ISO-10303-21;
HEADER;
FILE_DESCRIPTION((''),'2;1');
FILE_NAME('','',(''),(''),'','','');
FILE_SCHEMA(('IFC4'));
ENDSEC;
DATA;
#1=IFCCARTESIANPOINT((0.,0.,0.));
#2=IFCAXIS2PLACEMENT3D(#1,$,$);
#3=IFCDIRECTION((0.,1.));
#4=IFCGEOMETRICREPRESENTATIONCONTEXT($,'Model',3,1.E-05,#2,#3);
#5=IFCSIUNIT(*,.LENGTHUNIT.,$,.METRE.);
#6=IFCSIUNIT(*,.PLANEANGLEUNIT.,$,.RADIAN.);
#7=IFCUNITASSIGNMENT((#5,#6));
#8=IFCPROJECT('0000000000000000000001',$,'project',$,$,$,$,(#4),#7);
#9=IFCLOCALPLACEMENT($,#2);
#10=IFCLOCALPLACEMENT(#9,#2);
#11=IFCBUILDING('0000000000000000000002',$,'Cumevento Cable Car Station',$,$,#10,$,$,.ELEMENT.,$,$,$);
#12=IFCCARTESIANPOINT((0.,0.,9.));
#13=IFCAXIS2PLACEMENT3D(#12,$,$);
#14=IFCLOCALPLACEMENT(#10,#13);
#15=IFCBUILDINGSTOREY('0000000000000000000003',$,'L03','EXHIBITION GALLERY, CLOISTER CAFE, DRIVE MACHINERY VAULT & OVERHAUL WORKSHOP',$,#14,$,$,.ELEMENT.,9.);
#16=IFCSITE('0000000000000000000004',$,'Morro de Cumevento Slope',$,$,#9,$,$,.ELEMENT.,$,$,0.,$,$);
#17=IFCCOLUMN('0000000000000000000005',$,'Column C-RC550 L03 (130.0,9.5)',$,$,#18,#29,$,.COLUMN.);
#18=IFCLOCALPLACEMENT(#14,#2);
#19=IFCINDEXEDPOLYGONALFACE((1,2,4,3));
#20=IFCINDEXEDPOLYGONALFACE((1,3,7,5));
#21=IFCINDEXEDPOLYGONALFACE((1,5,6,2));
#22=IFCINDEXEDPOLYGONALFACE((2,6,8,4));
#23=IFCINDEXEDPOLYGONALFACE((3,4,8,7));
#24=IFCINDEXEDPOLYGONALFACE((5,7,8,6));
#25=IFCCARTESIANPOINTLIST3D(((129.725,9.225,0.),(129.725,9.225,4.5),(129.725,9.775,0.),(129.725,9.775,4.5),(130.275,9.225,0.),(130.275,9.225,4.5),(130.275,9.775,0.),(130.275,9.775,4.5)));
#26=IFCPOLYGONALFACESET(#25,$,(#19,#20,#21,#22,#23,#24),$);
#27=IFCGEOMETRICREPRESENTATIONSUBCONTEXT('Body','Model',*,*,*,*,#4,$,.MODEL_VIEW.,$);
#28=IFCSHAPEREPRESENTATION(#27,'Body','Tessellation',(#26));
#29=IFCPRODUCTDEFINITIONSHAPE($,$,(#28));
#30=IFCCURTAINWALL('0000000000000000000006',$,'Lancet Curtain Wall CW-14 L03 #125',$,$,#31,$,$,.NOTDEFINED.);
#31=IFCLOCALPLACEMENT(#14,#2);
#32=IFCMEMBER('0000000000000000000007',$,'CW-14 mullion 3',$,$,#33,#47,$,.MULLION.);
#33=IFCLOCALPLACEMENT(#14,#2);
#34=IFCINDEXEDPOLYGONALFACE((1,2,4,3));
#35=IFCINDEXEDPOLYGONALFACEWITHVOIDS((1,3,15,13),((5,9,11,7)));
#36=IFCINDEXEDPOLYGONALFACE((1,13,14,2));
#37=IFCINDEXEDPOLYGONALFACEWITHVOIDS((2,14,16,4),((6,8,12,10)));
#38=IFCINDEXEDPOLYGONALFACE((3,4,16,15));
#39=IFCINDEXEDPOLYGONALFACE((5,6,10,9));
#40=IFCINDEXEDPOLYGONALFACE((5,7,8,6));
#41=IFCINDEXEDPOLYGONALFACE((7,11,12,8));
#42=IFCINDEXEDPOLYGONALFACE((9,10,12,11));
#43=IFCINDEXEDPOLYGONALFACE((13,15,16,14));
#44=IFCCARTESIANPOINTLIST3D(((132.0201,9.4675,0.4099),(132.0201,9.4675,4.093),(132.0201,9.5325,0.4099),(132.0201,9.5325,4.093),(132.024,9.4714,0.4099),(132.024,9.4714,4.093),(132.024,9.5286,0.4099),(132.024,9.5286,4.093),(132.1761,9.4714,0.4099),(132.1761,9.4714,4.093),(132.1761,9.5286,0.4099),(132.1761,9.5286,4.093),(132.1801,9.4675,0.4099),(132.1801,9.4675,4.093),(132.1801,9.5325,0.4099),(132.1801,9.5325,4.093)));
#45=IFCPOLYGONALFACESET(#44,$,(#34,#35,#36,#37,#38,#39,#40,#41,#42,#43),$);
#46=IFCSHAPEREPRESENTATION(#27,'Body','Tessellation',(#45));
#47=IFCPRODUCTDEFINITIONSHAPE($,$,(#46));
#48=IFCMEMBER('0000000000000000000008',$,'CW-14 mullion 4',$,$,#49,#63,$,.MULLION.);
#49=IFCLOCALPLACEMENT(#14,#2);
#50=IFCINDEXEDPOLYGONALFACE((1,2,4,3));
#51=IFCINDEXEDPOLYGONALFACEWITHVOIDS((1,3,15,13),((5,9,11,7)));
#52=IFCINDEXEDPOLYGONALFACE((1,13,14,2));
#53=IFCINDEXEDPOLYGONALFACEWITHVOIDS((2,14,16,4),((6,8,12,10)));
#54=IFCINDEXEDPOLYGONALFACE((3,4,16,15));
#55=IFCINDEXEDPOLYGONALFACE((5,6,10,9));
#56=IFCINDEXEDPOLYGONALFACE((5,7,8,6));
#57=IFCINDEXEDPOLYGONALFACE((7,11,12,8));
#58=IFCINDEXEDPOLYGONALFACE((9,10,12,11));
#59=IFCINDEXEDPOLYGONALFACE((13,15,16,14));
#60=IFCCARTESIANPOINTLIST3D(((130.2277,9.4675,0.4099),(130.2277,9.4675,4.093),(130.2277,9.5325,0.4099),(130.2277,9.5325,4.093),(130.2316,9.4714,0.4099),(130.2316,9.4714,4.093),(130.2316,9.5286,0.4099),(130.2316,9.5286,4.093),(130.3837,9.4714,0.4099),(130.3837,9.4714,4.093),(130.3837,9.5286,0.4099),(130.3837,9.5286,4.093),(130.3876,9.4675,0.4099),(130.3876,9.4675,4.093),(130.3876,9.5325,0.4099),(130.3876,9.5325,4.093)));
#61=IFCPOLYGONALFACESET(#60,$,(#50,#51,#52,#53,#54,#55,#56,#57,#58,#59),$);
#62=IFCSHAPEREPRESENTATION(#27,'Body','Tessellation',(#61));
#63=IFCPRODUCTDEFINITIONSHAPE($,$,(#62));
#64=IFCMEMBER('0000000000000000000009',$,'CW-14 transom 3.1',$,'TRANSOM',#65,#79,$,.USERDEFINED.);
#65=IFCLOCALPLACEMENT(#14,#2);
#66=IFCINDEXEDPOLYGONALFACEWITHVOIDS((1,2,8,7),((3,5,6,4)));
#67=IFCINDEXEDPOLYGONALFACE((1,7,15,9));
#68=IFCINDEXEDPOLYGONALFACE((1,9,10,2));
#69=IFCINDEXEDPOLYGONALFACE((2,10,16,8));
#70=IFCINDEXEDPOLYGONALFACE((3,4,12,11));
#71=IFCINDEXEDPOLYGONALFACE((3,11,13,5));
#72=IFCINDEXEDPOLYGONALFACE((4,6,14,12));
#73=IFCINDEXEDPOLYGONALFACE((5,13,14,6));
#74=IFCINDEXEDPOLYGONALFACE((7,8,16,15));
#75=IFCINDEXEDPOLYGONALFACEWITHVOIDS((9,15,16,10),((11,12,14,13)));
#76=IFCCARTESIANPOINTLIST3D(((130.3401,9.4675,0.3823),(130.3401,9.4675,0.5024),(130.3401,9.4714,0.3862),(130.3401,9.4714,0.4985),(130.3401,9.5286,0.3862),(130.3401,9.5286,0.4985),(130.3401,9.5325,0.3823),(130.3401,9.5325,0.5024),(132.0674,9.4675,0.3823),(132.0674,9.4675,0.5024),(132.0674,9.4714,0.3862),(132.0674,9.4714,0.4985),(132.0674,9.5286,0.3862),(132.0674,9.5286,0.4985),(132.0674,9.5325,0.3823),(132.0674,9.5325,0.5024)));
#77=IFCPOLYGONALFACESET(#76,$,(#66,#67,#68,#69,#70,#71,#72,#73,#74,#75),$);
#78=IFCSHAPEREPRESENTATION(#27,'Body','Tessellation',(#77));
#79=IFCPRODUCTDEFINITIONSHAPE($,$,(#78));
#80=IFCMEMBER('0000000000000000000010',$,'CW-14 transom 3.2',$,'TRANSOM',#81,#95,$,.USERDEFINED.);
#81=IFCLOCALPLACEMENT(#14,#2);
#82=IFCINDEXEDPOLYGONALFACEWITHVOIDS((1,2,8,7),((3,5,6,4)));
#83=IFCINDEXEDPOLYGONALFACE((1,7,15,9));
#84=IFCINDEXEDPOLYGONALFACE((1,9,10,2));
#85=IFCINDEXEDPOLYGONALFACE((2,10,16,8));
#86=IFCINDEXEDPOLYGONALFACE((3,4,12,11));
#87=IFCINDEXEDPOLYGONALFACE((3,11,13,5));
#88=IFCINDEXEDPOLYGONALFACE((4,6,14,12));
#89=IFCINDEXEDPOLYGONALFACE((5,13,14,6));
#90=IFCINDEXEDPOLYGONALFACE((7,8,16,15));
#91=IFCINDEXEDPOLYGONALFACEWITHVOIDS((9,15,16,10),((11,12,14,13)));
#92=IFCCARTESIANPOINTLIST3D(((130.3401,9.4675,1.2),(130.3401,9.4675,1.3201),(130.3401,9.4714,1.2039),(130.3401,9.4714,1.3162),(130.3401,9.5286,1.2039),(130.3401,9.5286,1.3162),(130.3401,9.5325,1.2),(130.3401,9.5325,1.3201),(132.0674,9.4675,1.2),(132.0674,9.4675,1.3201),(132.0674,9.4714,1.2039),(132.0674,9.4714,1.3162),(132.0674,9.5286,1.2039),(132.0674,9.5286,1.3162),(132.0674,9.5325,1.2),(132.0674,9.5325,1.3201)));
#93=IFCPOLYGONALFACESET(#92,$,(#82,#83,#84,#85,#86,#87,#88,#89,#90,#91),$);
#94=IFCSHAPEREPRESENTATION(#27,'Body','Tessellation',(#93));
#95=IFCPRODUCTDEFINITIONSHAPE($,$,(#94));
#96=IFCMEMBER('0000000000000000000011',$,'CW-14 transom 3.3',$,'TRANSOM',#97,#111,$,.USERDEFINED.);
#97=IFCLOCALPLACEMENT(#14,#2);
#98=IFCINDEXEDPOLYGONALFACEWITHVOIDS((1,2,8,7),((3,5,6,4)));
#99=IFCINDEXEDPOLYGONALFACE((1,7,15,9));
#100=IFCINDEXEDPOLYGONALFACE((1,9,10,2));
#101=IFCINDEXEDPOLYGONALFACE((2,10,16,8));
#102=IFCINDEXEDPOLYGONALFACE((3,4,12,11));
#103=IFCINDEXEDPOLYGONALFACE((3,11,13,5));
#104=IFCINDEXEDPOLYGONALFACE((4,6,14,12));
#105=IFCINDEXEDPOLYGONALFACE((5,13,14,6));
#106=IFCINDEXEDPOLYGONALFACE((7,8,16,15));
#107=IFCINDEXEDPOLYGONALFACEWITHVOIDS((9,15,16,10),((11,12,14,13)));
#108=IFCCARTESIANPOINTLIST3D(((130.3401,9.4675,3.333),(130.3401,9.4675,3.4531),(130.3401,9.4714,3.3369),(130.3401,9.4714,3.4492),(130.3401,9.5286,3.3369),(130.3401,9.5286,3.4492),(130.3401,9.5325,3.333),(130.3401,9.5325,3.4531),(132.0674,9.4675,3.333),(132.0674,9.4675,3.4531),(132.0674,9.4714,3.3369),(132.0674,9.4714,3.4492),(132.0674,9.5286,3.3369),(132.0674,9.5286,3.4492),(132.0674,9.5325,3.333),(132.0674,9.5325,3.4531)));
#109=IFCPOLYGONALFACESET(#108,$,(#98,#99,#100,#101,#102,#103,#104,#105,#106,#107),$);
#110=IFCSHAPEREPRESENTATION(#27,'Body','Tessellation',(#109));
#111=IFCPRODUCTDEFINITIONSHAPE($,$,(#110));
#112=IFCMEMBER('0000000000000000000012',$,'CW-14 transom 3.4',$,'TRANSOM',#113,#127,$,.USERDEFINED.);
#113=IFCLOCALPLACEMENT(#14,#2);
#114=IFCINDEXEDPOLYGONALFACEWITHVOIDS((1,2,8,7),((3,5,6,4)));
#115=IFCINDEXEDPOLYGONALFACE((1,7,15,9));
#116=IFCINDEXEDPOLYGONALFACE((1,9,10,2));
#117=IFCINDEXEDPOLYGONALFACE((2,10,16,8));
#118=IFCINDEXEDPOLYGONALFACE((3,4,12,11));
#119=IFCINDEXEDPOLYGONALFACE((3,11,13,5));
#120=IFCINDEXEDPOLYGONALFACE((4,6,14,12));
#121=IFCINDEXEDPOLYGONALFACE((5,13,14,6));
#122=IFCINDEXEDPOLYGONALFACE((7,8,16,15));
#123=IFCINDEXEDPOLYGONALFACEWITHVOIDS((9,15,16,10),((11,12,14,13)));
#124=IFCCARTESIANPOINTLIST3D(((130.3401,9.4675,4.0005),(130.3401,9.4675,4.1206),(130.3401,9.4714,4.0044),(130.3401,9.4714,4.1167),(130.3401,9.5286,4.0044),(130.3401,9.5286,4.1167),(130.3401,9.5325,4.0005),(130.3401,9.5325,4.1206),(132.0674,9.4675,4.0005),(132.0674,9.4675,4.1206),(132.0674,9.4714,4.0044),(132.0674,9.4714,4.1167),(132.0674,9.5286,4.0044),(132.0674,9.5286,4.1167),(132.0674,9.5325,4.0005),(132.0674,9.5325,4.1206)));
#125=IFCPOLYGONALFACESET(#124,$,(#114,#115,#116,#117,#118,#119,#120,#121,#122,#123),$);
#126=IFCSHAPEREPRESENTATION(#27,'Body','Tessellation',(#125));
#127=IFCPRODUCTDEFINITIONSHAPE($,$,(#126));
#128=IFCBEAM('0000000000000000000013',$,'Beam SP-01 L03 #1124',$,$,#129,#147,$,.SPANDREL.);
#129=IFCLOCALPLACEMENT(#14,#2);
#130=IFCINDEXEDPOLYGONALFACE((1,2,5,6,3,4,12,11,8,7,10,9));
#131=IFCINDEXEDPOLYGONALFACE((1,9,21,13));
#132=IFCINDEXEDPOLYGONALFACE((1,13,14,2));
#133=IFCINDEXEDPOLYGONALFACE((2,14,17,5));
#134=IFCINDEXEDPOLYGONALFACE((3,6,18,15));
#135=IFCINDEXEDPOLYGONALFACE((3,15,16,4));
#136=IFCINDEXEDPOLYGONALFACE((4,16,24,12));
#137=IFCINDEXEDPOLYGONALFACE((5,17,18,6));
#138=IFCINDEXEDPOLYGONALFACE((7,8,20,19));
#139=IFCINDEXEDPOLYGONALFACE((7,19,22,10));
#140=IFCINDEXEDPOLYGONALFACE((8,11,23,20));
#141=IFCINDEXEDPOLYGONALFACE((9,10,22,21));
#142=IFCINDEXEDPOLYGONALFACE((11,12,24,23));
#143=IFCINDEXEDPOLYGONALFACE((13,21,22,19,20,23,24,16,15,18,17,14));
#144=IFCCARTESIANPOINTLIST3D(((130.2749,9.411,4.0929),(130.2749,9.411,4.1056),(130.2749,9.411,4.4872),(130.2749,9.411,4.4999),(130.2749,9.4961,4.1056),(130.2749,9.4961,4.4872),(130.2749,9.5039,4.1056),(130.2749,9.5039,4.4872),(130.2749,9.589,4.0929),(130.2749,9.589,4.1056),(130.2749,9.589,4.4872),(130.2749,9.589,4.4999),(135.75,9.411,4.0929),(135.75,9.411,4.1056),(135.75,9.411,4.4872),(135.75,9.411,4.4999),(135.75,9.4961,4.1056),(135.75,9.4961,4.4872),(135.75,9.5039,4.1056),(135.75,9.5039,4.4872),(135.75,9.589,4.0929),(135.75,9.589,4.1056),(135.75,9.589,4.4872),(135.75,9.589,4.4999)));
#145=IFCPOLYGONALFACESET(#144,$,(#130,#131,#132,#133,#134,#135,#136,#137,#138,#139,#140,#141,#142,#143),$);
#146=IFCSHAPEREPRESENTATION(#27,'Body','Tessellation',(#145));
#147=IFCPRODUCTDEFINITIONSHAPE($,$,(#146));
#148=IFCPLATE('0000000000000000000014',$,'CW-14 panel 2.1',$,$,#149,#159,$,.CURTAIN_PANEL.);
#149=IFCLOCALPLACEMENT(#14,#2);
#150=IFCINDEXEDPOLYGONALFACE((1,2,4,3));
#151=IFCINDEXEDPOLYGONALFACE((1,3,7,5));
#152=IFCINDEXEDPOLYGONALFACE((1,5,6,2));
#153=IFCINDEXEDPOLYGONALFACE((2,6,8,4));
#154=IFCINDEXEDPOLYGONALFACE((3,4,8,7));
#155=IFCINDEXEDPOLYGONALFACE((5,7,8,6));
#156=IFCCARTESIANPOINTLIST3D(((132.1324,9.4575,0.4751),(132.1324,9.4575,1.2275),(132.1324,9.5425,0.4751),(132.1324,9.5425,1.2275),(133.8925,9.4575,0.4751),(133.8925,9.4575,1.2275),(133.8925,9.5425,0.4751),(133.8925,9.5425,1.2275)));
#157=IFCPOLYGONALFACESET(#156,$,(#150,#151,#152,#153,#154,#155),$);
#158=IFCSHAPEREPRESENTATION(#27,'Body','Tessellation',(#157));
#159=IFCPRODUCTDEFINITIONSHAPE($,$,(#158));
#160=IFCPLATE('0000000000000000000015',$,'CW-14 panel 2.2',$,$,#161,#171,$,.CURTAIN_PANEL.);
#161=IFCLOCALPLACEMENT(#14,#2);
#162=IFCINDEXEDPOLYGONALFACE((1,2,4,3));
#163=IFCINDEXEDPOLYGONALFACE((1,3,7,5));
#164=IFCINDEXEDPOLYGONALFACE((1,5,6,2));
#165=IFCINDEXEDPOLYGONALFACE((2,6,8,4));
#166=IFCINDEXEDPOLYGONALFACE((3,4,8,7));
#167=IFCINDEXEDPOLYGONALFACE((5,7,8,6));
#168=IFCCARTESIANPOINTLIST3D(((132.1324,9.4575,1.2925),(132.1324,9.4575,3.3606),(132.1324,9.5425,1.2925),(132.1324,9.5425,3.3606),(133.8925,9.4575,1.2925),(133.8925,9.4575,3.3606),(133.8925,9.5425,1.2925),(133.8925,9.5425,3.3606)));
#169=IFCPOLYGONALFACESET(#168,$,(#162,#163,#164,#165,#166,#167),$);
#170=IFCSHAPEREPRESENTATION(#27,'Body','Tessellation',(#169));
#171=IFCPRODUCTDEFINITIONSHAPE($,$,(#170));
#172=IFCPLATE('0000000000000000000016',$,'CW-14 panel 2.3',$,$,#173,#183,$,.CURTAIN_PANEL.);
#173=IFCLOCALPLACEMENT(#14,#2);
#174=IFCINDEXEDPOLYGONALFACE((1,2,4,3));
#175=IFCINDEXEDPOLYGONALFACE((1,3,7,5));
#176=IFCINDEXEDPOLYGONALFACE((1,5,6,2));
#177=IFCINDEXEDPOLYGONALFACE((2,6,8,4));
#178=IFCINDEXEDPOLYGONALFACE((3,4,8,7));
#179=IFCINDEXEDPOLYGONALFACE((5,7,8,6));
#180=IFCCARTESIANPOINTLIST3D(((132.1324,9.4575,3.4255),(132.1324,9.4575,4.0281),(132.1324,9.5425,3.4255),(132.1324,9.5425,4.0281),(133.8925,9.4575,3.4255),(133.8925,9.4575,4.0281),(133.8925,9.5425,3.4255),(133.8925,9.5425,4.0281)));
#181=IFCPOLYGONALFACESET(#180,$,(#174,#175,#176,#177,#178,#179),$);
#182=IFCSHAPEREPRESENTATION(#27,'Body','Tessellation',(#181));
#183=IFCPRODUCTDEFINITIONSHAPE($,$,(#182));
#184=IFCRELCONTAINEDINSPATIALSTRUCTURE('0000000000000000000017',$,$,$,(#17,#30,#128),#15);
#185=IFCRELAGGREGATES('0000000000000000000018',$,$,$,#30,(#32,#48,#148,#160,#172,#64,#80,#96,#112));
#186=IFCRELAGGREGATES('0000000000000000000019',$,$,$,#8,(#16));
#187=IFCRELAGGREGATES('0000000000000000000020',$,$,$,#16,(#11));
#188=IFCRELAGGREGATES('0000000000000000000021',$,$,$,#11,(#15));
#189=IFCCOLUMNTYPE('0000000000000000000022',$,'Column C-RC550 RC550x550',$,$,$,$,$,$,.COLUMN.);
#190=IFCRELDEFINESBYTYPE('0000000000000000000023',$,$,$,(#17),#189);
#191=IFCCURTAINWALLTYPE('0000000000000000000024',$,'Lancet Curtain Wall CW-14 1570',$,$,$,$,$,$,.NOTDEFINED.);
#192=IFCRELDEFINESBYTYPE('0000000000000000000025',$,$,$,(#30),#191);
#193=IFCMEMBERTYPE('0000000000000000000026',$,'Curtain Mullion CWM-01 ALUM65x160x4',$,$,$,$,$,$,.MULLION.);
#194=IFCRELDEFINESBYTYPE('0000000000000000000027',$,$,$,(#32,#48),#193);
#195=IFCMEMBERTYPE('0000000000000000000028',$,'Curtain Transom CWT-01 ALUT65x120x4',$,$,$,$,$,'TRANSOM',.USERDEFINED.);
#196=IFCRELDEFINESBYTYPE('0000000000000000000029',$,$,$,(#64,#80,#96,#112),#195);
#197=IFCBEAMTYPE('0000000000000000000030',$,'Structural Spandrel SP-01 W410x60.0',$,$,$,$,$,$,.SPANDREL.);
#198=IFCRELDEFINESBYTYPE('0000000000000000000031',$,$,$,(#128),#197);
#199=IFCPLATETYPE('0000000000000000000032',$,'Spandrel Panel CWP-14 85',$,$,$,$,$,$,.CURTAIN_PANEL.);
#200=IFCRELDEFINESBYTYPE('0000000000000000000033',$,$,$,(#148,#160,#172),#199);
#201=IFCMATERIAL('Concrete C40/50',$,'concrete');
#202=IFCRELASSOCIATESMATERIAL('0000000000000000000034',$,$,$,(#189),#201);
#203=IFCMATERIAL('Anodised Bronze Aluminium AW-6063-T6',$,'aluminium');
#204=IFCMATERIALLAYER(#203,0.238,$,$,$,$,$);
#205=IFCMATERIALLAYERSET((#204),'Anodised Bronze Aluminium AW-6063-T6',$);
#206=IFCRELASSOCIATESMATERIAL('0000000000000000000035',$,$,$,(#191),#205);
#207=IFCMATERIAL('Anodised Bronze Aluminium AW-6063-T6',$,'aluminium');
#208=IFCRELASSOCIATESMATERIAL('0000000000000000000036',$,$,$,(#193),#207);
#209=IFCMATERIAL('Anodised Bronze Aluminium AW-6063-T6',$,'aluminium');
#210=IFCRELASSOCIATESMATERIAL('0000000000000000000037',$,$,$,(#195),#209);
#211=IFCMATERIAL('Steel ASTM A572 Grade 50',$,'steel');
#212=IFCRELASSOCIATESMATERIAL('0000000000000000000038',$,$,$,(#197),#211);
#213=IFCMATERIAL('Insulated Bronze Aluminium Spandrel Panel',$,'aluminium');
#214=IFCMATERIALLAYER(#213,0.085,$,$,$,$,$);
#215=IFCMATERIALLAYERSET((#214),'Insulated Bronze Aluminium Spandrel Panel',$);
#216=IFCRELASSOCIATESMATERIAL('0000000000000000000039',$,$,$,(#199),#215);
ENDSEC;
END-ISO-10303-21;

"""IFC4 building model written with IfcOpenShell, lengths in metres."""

from ifc_helpers import new_model, si_unit, direction, frame, origin, origin_2d, place, context, subcontext, project, spatial, rectangle, hollow_rectangle, i_section, extrude, material, layer, layer_set, material_profile, profile_set, type_object, element, aggregate, save


model = new_model("IFC4")

# Units and contexts
model_context = context("Model", 3, precision=1e-05, world=origin(), true_north=direction((0.0, 1.0)))
body_context = subcontext(model_context, "Body", "Model", "MODEL_VIEW")
ifc_project = project(units=[si_unit("LENGTHUNIT", "METRE"), si_unit("PLANEANGLEUNIT", "RADIAN")], contexts=[model_context])

# Site, building, storey
site_placement = place(None, origin())
site = spatial("IfcSite", under=ifc_project, at=site_placement, Name="Morro de Cumevento Slope", CompositionType="ELEMENT", RefElevation=0.0)
building_placement = place(site_placement, origin())
building = spatial("IfcBuilding", under=site, at=building_placement, Name="Cumevento Cable Car Station", CompositionType="ELEMENT")
storey_placement = place(building_placement, frame((0.0, 0.0, 9.0)))
storey = spatial("IfcBuildingStorey", under=building, at=storey_placement, Name="L03", Description="EXHIBITION GALLERY, CLOISTER CAFE, DRIVE MACHINERY VAULT & OVERHAUL WORKSHOP", CompositionType="ELEMENT", Elevation=9.0)

# Column
ifc_material_1 = material(Name="Concrete C40/50", Category="concrete")
ifc_material_profile_1 = material_profile(ifc_material_1, rectangle(XDim=0.55, YDim=0.55, at=origin_2d()), Name="RC550x550")
ifc_profile_set_1 = profile_set([ifc_material_profile_1], Name="Concrete C40/50")
column_type = type_object("IfcColumnType", Name="Column C-RC550 RC550x550", PredefinedType="COLUMN", material=ifc_profile_set_1)
column_placement = place(storey_placement, frame((130.0, 9.5, 0.0), z_axis=(0.0, 0.0, 1.0), x_axis=(1.0, 0.0, 0.0)))
element("IfcColumn", 1, at=column_placement, inside=storey, type_object=column_type, Name="Column C-RC550 L03 (130.0,9.5)", PredefinedType="COLUMN", context=body_context, shape_type="SweptSolid", body=[
    extrude(rectangle(XDim=0.55, YDim=0.55, at=origin_2d()), origin(), (0.0, 0.0, 1.0), 4.5),
])

# Curtain wall, members
ifc_material_2 = material(Name="Anodised Bronze Aluminium AW-6063-T6", Category="aluminium")
ifc_layer_1 = layer(ifc_material_2, 0.238)
ifc_layer_set_1 = layer_set([ifc_layer_1], Name="Anodised Bronze Aluminium AW-6063-T6")
curtain_wall_type = type_object("IfcCurtainWallType", Name="Lancet Curtain Wall CW-14 1570", PredefinedType="NOTDEFINED", material=ifc_layer_set_1)
curtain_wall_placement = place(storey_placement, origin())
curtain_wall = element("IfcCurtainWall", 2, at=curtain_wall_placement, inside=storey, type_object=curtain_wall_type, Name="Lancet Curtain Wall CW-14 L03 #125", PredefinedType="NOTDEFINED")
ifc_material_3 = material(Name="Anodised Bronze Aluminium AW-6063-T6", Category="aluminium")
ifc_material_profile_2 = material_profile(ifc_material_3, hollow_rectangle(XDim=0.0649, YDim=0.1599, WallThickness=0.0039, at=origin_2d()), Name="ALUM65x160x4")
ifc_profile_set_2 = profile_set([ifc_material_profile_2], Name="Anodised Bronze Aluminium AW-6063-T6")
member_type_1 = type_object("IfcMemberType", Name="Curtain Mullion CWM-01 ALUM65x160x4", PredefinedType="MULLION", material=ifc_profile_set_2)
member_1_placement = place(storey_placement, frame((132.1001, 9.5, 0.4099), z_axis=(0.0, 0.0, 1.0), x_axis=(0.0, -1.0, 0.0)))
member_1 = element("IfcMember", 3, at=member_1_placement, type_object=member_type_1, Name="CW-14 mullion 3", PredefinedType="MULLION", context=body_context, shape_type="SweptSolid", body=[
    extrude(hollow_rectangle(XDim=0.0649, YDim=0.1599, WallThickness=0.0039, at=origin_2d()), origin(), (0.0, 0.0, 1.0), 3.6831),
])
member_2_placement = place(storey_placement, frame((130.3076, 9.5, 0.4099), z_axis=(0.0, 0.0, 1.0), x_axis=(0.0, -1.0, 0.0)))
member_2 = element("IfcMember", 4, at=member_2_placement, type_object=member_type_1, Name="CW-14 mullion 4", PredefinedType="MULLION", context=body_context, shape_type="SweptSolid", body=[
    extrude(hollow_rectangle(XDim=0.0649, YDim=0.1599, WallThickness=0.0039, at=origin_2d()), origin(), (0.0, 0.0, 1.0), 3.6831),
])
ifc_material_4 = material(Name="Anodised Bronze Aluminium AW-6063-T6", Category="aluminium")
ifc_material_profile_3 = material_profile(ifc_material_4, hollow_rectangle(XDim=0.0649, YDim=0.1201, WallThickness=0.0039, at=origin_2d()), Name="ALUT65x120x4")
ifc_profile_set_3 = profile_set([ifc_material_profile_3], Name="Anodised Bronze Aluminium AW-6063-T6")
member_type_2 = type_object("IfcMemberType", Name="Curtain Transom CWT-01 ALUT65x120x4", ElementType="TRANSOM", PredefinedType="USERDEFINED", material=ifc_profile_set_3)
member_3_placement = place(storey_placement, frame((132.0674, 9.5, 0.4424), z_axis=(-1.0, 0.0, 0.0), x_axis=(0.0, -1.0, 0.0)))
member_3 = element("IfcMember", 5, at=member_3_placement, type_object=member_type_2, Name="CW-14 transom 3.1", ObjectType="TRANSOM", PredefinedType="USERDEFINED", context=body_context, shape_type="SweptSolid", body=[
    extrude(hollow_rectangle(XDim=0.0649, YDim=0.1201, WallThickness=0.0039, at=origin_2d()), origin(), (0.0, 0.0, 1.0), 1.7273),
])
member_4_placement = place(storey_placement, frame((132.0674, 9.5, 1.26), z_axis=(-1.0, 0.0, 0.0), x_axis=(0.0, -1.0, 0.0)))
member_4 = element("IfcMember", 6, at=member_4_placement, type_object=member_type_2, Name="CW-14 transom 3.2", ObjectType="TRANSOM", PredefinedType="USERDEFINED", context=body_context, shape_type="SweptSolid", body=[
    extrude(hollow_rectangle(XDim=0.0649, YDim=0.1201, WallThickness=0.0039, at=origin_2d()), origin(), (0.0, 0.0, 1.0), 1.7273),
])
member_5_placement = place(storey_placement, frame((132.0674, 9.5, 3.3931), z_axis=(-1.0, 0.0, 0.0), x_axis=(0.0, -1.0, 0.0)))
member_5 = element("IfcMember", 7, at=member_5_placement, type_object=member_type_2, Name="CW-14 transom 3.3", ObjectType="TRANSOM", PredefinedType="USERDEFINED", context=body_context, shape_type="SweptSolid", body=[
    extrude(hollow_rectangle(XDim=0.0649, YDim=0.1201, WallThickness=0.0039, at=origin_2d()), origin(), (0.0, 0.0, 1.0), 1.7273),
])
member_6_placement = place(storey_placement, frame((132.0674, 9.5, 4.0605), z_axis=(-1.0, 0.0, 0.0), x_axis=(0.0, -1.0, 0.0)))
member_6 = element("IfcMember", 8, at=member_6_placement, type_object=member_type_2, Name="CW-14 transom 3.4", ObjectType="TRANSOM", PredefinedType="USERDEFINED", context=body_context, shape_type="SweptSolid", body=[
    extrude(hollow_rectangle(XDim=0.0649, YDim=0.1201, WallThickness=0.0039, at=origin_2d()), origin(), (0.0, 0.0, 1.0), 1.7273),
])

# Beam
ifc_material_5 = material(Name="Steel ASTM A572 Grade 50", Category="steel")
ifc_material_profile_4 = material_profile(ifc_material_5, i_section(OverallWidth=0.178, OverallDepth=0.407, WebThickness=0.0078, FlangeThickness=0.0127, at=origin_2d()), Name="W410x60.0")
ifc_profile_set_4 = profile_set([ifc_material_profile_4], Name="Steel ASTM A572 Grade 50")
beam_type = type_object("IfcBeamType", Name="Structural Spandrel SP-01 W410x60.0", PredefinedType="SPANDREL", material=ifc_profile_set_4)
beam_placement = place(storey_placement, frame((130.2749, 9.5, 4.2964), z_axis=(1.0, 0.0, 0.0), x_axis=(0.0, 1.0, 0.0)))
element("IfcBeam", 9, at=beam_placement, inside=storey, type_object=beam_type, Name="Beam SP-01 L03 #1124", PredefinedType="SPANDREL", context=body_context, shape_type="SweptSolid", body=[
    extrude(i_section(OverallWidth=0.178, OverallDepth=0.407, WebThickness=0.0078, FlangeThickness=0.0127, at=origin_2d()), origin(), (0.0, 0.0, 1.0), 5.4751),
])

# Plates
ifc_material_6 = material(Name="Insulated Bronze Aluminium Spandrel Panel", Category="aluminium")
ifc_layer_2 = layer(ifc_material_6, 0.085)
ifc_layer_set_2 = layer_set([ifc_layer_2], Name="Insulated Bronze Aluminium Spandrel Panel")
plate_type = type_object("IfcPlateType", Name="Spandrel Panel CWP-14 85", PredefinedType="CURTAIN_PANEL", material=ifc_layer_set_2)
plate_1_placement = place(storey_placement, frame((133.0125, 9.5, 0.4751), z_axis=(0.0, 0.0, 1.0), x_axis=(-1.0, 0.0, 0.0)))
plate_1 = element("IfcPlate", 10, at=plate_1_placement, type_object=plate_type, Name="CW-14 panel 2.1", PredefinedType="CURTAIN_PANEL", context=body_context, shape_type="SweptSolid", body=[
    extrude(rectangle(XDim=1.76, YDim=0.085, at=origin_2d()), origin(), (0.0, 0.0, 1.0), 0.7524),
])
plate_2_placement = place(storey_placement, frame((133.0125, 9.5, 1.2925), z_axis=(0.0, 0.0, 1.0), x_axis=(-1.0, 0.0, 0.0)))
plate_2 = element("IfcPlate", 11, at=plate_2_placement, type_object=plate_type, Name="CW-14 panel 2.2", PredefinedType="CURTAIN_PANEL", context=body_context, shape_type="SweptSolid", body=[
    extrude(rectangle(XDim=1.76, YDim=0.085, at=origin_2d()), origin(), (0.0, 0.0, 1.0), 2.0681),
])
plate_3_placement = place(storey_placement, frame((133.0125, 9.5, 3.4255), z_axis=(0.0, 0.0, 1.0), x_axis=(-1.0, 0.0, 0.0)))
plate_3 = element("IfcPlate", 12, at=plate_3_placement, type_object=plate_type, Name="CW-14 panel 2.3", PredefinedType="CURTAIN_PANEL", context=body_context, shape_type="SweptSolid", body=[
    extrude(rectangle(XDim=1.76, YDim=0.085, at=origin_2d()), origin(), (0.0, 0.0, 1.0), 0.6025),
])
aggregate(curtain_wall, [member_1, member_2, plate_1, plate_2, plate_3, member_3, member_4, member_5, member_6])

save(model, "model.ifc")
